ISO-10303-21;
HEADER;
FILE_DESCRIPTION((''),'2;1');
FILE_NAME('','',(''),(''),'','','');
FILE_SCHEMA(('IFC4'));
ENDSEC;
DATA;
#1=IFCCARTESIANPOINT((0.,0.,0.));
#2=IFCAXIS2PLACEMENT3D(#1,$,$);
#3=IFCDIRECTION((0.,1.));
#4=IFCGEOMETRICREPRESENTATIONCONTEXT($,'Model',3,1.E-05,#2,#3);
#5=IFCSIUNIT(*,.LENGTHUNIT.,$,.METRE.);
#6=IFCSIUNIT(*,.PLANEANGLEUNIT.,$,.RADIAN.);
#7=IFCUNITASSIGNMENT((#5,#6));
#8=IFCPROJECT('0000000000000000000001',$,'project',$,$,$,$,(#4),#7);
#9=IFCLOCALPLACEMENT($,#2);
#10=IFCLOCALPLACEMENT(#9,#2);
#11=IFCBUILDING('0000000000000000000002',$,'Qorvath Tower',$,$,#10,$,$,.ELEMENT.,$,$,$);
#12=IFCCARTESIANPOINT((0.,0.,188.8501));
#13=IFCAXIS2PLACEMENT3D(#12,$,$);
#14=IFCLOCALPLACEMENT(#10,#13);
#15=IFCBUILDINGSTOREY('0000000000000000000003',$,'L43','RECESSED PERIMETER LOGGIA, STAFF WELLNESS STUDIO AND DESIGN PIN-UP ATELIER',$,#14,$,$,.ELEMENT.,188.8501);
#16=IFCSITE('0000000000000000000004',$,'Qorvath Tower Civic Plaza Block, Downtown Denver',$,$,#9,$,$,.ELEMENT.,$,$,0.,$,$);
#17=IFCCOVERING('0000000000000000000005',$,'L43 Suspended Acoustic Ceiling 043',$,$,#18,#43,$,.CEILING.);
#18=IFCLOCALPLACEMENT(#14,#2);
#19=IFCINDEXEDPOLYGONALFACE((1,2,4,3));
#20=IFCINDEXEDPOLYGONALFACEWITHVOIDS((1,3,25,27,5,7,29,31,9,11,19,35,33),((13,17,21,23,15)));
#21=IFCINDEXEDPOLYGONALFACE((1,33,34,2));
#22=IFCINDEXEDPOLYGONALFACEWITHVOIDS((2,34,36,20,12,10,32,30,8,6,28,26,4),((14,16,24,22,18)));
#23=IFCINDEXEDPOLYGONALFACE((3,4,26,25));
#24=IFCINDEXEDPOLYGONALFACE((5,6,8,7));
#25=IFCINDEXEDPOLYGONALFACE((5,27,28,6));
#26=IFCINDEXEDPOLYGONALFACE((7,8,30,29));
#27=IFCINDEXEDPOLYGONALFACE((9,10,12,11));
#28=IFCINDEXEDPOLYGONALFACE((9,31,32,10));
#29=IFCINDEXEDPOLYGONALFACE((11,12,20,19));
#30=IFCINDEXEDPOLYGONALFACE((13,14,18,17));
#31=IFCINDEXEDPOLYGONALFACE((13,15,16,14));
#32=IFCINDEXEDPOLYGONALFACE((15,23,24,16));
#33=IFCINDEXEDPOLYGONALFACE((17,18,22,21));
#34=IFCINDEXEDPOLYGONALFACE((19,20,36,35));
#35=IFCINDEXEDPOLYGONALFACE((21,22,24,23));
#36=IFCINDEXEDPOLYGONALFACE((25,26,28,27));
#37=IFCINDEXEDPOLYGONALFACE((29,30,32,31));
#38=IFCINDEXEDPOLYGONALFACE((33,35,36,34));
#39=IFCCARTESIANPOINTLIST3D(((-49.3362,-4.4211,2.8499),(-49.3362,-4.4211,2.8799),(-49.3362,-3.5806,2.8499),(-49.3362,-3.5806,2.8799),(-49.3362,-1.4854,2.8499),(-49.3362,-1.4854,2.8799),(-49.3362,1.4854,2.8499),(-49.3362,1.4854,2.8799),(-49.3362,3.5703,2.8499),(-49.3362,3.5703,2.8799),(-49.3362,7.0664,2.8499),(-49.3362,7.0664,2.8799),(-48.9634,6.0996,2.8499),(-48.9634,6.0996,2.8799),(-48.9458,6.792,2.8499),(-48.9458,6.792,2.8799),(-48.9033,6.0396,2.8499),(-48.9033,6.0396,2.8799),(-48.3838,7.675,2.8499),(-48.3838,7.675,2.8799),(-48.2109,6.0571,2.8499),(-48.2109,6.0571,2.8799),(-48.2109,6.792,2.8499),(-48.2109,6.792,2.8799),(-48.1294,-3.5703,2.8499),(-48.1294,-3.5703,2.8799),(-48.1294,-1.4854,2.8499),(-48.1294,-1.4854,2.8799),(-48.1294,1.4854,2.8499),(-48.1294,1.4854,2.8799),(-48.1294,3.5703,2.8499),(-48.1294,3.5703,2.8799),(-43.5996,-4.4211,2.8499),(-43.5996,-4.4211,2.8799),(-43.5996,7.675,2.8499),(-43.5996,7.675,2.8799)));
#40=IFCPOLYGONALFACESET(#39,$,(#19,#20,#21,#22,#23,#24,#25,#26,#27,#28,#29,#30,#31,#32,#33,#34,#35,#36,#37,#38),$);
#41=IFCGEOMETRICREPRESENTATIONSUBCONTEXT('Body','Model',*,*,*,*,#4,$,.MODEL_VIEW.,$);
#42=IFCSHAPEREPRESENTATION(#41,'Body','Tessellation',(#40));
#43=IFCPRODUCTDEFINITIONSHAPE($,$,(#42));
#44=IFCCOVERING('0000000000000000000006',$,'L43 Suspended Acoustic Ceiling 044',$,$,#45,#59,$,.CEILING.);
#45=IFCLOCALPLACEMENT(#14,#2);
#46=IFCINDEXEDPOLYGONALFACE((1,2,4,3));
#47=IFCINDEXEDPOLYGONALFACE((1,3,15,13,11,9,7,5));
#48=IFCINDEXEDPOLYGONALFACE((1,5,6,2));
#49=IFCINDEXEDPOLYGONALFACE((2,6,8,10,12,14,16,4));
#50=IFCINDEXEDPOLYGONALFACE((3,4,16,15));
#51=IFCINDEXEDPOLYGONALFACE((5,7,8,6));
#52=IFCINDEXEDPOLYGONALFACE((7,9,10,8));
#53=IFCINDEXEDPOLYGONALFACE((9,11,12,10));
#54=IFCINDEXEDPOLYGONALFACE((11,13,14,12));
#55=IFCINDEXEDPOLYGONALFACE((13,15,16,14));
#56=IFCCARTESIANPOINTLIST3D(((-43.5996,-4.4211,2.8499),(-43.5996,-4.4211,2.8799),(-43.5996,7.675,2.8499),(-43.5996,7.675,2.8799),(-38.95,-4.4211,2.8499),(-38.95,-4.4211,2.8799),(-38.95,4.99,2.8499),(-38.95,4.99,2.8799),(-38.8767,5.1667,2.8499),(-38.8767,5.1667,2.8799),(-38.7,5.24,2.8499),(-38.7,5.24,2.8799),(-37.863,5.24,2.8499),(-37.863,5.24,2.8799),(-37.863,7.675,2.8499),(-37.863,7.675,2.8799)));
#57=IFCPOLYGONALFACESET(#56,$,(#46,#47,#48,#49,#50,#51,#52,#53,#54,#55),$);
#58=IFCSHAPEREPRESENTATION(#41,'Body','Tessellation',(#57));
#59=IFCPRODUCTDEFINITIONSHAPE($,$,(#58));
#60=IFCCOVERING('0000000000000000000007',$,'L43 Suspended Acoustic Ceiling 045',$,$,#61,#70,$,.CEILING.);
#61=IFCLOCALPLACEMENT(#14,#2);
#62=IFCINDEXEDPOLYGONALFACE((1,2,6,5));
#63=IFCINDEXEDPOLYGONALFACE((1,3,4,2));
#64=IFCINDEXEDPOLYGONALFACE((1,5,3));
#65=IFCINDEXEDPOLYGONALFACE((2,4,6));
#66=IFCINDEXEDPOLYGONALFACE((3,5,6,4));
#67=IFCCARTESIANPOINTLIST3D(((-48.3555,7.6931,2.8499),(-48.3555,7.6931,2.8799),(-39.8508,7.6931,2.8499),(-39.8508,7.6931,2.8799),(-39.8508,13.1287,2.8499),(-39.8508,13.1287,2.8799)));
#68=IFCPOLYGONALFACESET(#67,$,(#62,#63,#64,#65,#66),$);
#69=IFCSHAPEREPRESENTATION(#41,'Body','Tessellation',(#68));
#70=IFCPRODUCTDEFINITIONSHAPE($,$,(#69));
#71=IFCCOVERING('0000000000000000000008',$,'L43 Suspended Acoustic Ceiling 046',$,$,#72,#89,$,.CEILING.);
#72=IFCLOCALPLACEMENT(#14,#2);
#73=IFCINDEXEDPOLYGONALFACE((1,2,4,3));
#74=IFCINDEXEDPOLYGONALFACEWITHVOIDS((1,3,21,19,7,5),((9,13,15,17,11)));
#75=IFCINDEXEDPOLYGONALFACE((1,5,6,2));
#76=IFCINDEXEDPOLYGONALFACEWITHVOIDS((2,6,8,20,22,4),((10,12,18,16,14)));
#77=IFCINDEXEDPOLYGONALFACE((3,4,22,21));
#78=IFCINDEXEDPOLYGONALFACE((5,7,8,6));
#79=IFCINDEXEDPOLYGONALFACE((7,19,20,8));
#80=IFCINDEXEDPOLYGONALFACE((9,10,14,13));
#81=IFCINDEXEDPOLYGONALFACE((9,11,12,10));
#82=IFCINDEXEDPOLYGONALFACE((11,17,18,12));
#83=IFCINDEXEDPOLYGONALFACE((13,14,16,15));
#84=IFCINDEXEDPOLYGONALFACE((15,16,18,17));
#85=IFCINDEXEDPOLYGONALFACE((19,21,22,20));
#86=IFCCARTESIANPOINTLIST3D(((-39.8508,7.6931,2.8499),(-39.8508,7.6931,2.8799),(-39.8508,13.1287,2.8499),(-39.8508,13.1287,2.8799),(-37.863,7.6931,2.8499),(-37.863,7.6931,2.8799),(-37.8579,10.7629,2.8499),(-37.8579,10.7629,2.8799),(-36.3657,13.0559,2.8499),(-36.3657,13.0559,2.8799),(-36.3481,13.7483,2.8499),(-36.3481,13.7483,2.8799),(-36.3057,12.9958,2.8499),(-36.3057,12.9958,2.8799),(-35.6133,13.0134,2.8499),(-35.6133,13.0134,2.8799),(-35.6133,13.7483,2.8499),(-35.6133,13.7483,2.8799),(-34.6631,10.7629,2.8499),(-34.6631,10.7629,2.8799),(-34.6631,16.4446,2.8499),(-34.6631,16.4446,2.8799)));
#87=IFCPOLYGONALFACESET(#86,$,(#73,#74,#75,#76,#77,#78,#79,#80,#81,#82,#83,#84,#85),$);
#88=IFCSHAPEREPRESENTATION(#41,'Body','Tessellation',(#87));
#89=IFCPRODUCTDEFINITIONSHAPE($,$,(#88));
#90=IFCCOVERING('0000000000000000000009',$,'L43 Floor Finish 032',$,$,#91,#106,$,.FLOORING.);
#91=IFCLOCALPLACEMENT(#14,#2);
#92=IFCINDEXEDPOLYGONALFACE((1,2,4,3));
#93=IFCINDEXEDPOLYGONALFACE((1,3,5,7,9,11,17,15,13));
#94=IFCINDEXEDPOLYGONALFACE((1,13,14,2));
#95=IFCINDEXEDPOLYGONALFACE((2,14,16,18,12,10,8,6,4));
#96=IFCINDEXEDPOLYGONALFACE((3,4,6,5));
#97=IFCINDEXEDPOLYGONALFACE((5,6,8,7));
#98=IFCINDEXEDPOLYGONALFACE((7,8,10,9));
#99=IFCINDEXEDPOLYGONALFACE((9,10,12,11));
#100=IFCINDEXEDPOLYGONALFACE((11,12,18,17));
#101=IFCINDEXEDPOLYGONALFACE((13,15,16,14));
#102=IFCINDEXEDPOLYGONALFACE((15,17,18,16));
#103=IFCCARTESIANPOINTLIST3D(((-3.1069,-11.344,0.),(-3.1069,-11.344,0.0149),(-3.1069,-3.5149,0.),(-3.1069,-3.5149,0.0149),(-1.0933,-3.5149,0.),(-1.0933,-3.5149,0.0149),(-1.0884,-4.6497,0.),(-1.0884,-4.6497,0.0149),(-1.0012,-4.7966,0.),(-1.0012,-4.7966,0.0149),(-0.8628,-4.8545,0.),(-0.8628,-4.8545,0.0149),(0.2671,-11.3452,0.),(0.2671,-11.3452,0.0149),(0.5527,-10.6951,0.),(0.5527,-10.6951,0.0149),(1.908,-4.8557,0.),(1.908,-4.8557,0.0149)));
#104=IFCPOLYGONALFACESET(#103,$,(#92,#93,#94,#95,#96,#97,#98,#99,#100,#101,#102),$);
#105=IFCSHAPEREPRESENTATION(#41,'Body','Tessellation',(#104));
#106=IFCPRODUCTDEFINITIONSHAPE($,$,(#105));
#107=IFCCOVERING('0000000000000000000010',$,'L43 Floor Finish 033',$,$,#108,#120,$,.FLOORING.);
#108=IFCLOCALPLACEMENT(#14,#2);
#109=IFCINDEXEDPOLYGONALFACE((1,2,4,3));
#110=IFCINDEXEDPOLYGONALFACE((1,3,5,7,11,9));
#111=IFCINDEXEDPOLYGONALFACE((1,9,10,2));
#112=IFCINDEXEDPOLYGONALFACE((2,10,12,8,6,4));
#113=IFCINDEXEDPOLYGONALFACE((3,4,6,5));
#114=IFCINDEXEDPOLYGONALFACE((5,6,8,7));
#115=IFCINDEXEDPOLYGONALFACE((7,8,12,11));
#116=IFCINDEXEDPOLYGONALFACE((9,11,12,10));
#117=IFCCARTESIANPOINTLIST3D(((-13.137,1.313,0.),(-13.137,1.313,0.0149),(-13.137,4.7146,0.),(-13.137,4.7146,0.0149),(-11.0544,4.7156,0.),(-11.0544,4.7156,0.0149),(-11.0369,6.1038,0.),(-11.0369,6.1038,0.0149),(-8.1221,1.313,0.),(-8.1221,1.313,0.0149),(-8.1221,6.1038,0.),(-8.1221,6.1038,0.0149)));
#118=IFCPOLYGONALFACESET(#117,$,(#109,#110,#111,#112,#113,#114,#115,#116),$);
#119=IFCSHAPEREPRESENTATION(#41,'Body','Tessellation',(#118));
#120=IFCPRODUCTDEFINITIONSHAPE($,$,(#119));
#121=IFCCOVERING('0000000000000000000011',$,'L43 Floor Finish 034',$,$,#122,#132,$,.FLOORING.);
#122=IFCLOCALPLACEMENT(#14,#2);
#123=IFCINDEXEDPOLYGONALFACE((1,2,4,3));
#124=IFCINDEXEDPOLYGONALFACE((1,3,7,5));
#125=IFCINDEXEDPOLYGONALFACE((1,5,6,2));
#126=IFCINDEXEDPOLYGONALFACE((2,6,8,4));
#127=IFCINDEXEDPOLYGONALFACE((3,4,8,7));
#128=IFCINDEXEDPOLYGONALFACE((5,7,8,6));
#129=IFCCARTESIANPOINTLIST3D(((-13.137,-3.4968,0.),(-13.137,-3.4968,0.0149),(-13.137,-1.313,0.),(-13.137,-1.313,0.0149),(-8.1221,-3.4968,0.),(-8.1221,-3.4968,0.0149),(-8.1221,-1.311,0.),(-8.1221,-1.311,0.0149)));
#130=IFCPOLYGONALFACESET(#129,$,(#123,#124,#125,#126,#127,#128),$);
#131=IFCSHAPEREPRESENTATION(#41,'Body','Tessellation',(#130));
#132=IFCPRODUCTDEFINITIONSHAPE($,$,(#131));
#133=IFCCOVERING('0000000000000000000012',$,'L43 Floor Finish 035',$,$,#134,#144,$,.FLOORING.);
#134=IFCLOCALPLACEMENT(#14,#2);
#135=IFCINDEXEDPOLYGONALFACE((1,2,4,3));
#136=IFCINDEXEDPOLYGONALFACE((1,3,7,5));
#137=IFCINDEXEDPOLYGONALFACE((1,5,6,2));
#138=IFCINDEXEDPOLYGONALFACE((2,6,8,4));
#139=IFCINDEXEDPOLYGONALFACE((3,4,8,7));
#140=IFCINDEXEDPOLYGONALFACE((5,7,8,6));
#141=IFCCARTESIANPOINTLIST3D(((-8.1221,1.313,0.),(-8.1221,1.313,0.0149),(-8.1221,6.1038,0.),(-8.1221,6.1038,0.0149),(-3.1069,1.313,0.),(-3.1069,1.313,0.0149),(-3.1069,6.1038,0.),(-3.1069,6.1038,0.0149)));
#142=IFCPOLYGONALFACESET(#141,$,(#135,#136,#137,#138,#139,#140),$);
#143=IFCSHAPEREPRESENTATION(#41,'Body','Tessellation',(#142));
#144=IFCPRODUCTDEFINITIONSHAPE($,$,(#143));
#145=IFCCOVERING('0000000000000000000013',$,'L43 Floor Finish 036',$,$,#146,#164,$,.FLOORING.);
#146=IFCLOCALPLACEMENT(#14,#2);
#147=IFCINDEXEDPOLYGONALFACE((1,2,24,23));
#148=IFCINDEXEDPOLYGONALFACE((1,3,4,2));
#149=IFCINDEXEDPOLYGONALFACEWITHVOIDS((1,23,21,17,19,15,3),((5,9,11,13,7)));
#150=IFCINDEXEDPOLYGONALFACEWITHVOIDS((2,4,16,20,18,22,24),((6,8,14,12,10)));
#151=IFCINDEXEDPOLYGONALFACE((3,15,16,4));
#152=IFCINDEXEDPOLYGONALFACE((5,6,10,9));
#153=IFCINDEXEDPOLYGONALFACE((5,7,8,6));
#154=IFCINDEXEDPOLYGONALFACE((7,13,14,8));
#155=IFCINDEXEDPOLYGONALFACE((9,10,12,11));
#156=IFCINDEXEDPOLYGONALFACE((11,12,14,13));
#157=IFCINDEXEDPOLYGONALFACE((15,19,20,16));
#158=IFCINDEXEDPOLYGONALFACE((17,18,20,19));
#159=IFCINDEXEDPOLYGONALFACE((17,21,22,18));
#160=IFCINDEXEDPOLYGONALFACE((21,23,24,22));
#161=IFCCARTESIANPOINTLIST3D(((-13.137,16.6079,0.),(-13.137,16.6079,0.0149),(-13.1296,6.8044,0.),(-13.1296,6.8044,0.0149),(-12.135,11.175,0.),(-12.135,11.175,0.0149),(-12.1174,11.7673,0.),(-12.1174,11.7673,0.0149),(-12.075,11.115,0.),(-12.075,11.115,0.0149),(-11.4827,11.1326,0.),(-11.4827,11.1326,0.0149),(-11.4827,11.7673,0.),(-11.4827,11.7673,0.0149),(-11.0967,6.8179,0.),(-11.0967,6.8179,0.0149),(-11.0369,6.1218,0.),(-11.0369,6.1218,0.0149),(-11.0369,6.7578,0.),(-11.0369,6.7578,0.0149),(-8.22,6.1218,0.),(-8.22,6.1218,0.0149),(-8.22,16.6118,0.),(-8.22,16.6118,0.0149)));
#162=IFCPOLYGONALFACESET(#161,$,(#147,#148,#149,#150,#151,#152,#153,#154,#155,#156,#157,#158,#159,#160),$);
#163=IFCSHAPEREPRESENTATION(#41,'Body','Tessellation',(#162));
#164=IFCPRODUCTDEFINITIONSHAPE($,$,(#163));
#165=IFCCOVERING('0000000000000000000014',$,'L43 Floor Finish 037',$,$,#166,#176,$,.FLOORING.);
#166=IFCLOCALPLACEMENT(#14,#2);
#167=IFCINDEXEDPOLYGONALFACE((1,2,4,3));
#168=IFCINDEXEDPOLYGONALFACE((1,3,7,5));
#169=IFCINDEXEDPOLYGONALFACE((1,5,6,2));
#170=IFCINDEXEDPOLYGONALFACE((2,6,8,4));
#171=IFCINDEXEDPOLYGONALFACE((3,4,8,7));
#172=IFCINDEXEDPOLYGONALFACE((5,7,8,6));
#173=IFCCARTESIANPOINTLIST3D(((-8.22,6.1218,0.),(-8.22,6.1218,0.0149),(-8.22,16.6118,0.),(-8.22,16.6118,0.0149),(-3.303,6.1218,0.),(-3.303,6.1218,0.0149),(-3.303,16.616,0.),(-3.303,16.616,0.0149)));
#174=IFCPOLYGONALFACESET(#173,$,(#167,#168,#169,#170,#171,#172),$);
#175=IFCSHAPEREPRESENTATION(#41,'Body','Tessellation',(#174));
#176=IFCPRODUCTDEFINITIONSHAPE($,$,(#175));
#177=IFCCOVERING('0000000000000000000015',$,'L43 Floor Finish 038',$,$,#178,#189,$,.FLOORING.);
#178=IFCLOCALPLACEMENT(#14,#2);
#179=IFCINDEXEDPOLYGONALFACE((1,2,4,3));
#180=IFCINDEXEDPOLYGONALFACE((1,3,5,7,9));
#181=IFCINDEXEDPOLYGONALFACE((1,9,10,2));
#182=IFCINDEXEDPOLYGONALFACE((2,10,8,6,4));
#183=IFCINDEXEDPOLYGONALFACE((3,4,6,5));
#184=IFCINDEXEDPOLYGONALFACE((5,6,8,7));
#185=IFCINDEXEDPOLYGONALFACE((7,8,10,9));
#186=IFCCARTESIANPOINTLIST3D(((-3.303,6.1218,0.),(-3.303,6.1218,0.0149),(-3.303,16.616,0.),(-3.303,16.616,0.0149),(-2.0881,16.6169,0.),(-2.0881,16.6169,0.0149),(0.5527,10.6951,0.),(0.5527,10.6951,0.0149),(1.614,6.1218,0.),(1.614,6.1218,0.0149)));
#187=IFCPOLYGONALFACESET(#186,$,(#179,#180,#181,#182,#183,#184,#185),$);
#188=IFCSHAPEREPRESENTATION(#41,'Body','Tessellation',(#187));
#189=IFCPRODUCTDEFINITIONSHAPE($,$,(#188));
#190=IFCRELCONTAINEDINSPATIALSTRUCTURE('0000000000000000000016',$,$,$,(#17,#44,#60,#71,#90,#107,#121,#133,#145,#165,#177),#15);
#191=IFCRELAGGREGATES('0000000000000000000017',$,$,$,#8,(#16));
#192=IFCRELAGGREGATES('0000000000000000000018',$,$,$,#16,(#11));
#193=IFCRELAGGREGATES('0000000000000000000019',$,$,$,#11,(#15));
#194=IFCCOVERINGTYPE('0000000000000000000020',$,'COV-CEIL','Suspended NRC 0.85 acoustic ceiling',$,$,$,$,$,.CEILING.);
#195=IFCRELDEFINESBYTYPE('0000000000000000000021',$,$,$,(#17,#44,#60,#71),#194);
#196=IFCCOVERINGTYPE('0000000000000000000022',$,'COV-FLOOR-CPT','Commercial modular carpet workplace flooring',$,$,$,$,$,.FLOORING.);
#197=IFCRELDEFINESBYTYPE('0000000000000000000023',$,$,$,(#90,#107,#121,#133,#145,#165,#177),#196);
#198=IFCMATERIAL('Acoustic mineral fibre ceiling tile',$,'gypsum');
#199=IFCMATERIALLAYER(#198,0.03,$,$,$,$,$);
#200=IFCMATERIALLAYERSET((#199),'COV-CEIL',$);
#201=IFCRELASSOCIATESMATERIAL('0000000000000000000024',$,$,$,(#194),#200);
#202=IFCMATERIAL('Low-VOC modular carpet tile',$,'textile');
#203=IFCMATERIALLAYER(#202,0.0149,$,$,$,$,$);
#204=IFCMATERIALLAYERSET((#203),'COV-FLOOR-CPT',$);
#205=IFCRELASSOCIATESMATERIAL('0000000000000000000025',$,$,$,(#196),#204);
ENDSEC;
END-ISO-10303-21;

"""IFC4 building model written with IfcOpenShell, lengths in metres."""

from ifc_helpers import new_model, si_unit, direction, frame, origin, place, context, subcontext, project, spatial, polyline, outline, extrude, material, layer, layer_set, type_object, element, save


model = new_model("IFC4")

# Units and contexts
model_context = context("Model", 3, precision=1e-05, world=origin(), true_north=direction((0.0, 1.0)))
body_context = subcontext(model_context, "Body", "Model", "MODEL_VIEW")
ifc_project = project(units=[si_unit("LENGTHUNIT", "METRE"), si_unit("PLANEANGLEUNIT", "RADIAN")], contexts=[model_context])

# Site, building, storey
site_placement = place(None, origin())
site = spatial("IfcSite", under=ifc_project, at=site_placement, Name="Qorvath Tower Civic Plaza Block, Downtown Denver", CompositionType="ELEMENT", RefElevation=0.0)
building_placement = place(site_placement, origin())
building = spatial("IfcBuilding", under=site, at=building_placement, Name="Qorvath Tower", CompositionType="ELEMENT")
storey_placement = place(building_placement, frame((0.0, 0.0, 188.8501)))
storey = spatial("IfcBuildingStorey", under=building, at=storey_placement, Name="L43", Description="RECESSED PERIMETER LOGGIA, STAFF WELLNESS STUDIO AND DESIGN PIN-UP ATELIER", CompositionType="ELEMENT", Elevation=188.8501)

# Coverings
ifc_material_1 = material(Name="Acoustic mineral fibre ceiling tile", Category="gypsum")
ifc_layer_1 = layer(ifc_material_1, 0.03)
ifc_layer_set_1 = layer_set([ifc_layer_1], Name="COV-CEIL")
covering_type_1 = type_object("IfcCoveringType", Name="COV-CEIL", Description="Suspended NRC 0.85 acoustic ceiling", PredefinedType="CEILING", material=ifc_layer_set_1)
covering_1_placement = place(storey_placement, frame((0.0, 0.0, 2.8499)))
element("IfcCovering", 1, at=covering_1_placement, inside=storey, type_object=covering_type_1, Name="L43 Suspended Acoustic Ceiling 043", PredefinedType="CEILING", context=body_context, shape_type="SweptSolid", body=[
    extrude(outline(polyline([(-43.5996, -4.4211), (-43.5996, 7.675), (-48.3838, 7.675), (-49.3362, 7.0664), (-49.3362, 3.5703), (-48.1294, 3.5703), (-48.1294, 1.4854), (-49.3362, 1.4854), (-49.3362, -1.4854), (-48.1294, -1.4854), (-48.1294, -3.5703), (-49.3362, -3.5806), (-49.3362, -4.4211), (-43.5996, -4.4211)]), holes=[polyline([(-48.9634, 6.0996), (-48.9458, 6.792), (-48.2109, 6.792), (-48.2109, 6.0571), (-48.9033, 6.0396), (-48.9634, 6.0996)])]), origin(), (0.0, 0.0, 1.0), 0.03),
])
covering_2_placement = place(storey_placement, frame((0.0, 0.0, 2.8499)))
element("IfcCovering", 2, at=covering_2_placement, inside=storey, type_object=covering_type_1, Name="L43 Suspended Acoustic Ceiling 044", PredefinedType="CEILING", context=body_context, shape_type="SweptSolid", body=[
    extrude(outline(polyline([(-37.863, 5.24), (-37.863, 7.675), (-43.5996, 7.675), (-43.5996, -4.4211), (-38.95, -4.4211), (-38.95, 4.99), (-38.8767, 5.1667), (-38.7, 5.24), (-37.863, 5.24)])), origin(), (0.0, 0.0, 1.0), 0.03),
])
covering_3_placement = place(storey_placement, frame((0.0, 0.0, 2.8499)))
element("IfcCovering", 3, at=covering_3_placement, inside=storey, type_object=covering_type_1, Name="L43 Suspended Acoustic Ceiling 045", PredefinedType="CEILING", context=body_context, shape_type="SweptSolid", body=[
    extrude(outline(polyline([(-39.8508, 7.6931), (-39.8508, 13.1287), (-48.3555, 7.6931), (-39.8508, 7.6931)])), origin(), (0.0, 0.0, 1.0), 0.03),
])
covering_4_placement = place(storey_placement, frame((0.0, 0.0, 2.8499)))
element("IfcCovering", 4, at=covering_4_placement, inside=storey, type_object=covering_type_1, Name="L43 Suspended Acoustic Ceiling 046", PredefinedType="CEILING", context=body_context, shape_type="SweptSolid", body=[
    extrude(outline(polyline([(-37.8579, 10.7629), (-34.6631, 10.7629), (-34.6631, 16.4446), (-39.8508, 13.1287), (-39.8508, 7.6931), (-37.863, 7.6931), (-37.8579, 10.7629)]), holes=[polyline([(-36.3657, 13.0559), (-36.3481, 13.7483), (-35.6133, 13.7483), (-35.6133, 13.0134), (-36.3057, 12.9958), (-36.3657, 13.0559)])]), origin(), (0.0, 0.0, 1.0), 0.03),
])
ifc_material_2 = material(Name="Low-VOC modular carpet tile", Category="textile")
ifc_layer_2 = layer(ifc_material_2, 0.0149)
ifc_layer_set_2 = layer_set([ifc_layer_2], Name="COV-FLOOR-CPT")
covering_type_2 = type_object("IfcCoveringType", Name="COV-FLOOR-CPT", Description="Commercial modular carpet workplace flooring", PredefinedType="FLOORING", material=ifc_layer_set_2)
covering_5_placement = place(storey_placement, origin())
element("IfcCovering", 5, at=covering_5_placement, inside=storey, type_object=covering_type_2, Name="L43 Floor Finish 032", PredefinedType="FLOORING", context=body_context, shape_type="SweptSolid", body=[
    extrude(outline(polyline([(-1.0012, -4.7966), (-1.0884, -4.6497), (-1.0933, -3.5149), (-3.1069, -3.5149), (-3.1069, -11.344), (0.2671, -11.3452), (0.5527, -10.6951), (1.908, -4.8557), (-0.8628, -4.8545), (-1.0012, -4.7966)])), origin(), (0.0, 0.0, 1.0), 0.0149),
])
covering_6_placement = place(storey_placement, origin())
element("IfcCovering", 6, at=covering_6_placement, inside=storey, type_object=covering_type_2, Name="L43 Floor Finish 033", PredefinedType="FLOORING", context=body_context, shape_type="SweptSolid", body=[
    extrude(outline(polyline([(-8.1221, 1.313), (-8.1221, 6.1038), (-11.0369, 6.1038), (-11.0544, 4.7156), (-13.137, 4.7146), (-13.137, 1.313), (-8.1221, 1.313)])), origin(), (0.0, 0.0, 1.0), 0.0149),
])
covering_7_placement = place(storey_placement, origin())
element("IfcCovering", 7, at=covering_7_placement, inside=storey, type_object=covering_type_2, Name="L43 Floor Finish 034", PredefinedType="FLOORING", context=body_context, shape_type="SweptSolid", body=[
    extrude(outline(polyline([(-8.1221, -3.4968), (-8.1221, -1.311), (-13.137, -1.313), (-13.137, -3.4968), (-8.1221, -3.4968)])), origin(), (0.0, 0.0, 1.0), 0.0149),
])
covering_8_placement = place(storey_placement, origin())
element("IfcCovering", 8, at=covering_8_placement, inside=storey, type_object=covering_type_2, Name="L43 Floor Finish 035", PredefinedType="FLOORING", context=body_context, shape_type="SweptSolid", body=[
    extrude(outline(polyline([(-3.1069, 1.313), (-3.1069, 6.1038), (-8.1221, 6.1038), (-8.1221, 1.313), (-3.1069, 1.313)])), origin(), (0.0, 0.0, 1.0), 0.0149),
])
covering_9_placement = place(storey_placement, origin())
element("IfcCovering", 9, at=covering_9_placement, inside=storey, type_object=covering_type_2, Name="L43 Floor Finish 036", PredefinedType="FLOORING", context=body_context, shape_type="SweptSolid", body=[
    extrude(outline(polyline([(-11.0369, 6.1218), (-8.22, 6.1218), (-8.22, 16.6118), (-13.137, 16.6079), (-13.1296, 6.8044), (-11.0967, 6.8179), (-11.0369, 6.7578), (-11.0369, 6.1218)]), holes=[polyline([(-12.135, 11.175), (-12.1174, 11.7673), (-11.4827, 11.7673), (-11.4827, 11.1326), (-12.075, 11.115), (-12.135, 11.175)])]), origin(), (0.0, 0.0, 1.0), 0.0149),
])
covering_10_placement = place(storey_placement, origin())
element("IfcCovering", 10, at=covering_10_placement, inside=storey, type_object=covering_type_2, Name="L43 Floor Finish 037", PredefinedType="FLOORING", context=body_context, shape_type="SweptSolid", body=[
    extrude(outline(polyline([(-8.22, 16.6118), (-8.22, 6.1218), (-3.303, 6.1218), (-3.303, 16.616), (-8.22, 16.6118)])), origin(), (0.0, 0.0, 1.0), 0.0149),
])
covering_11_placement = place(storey_placement, origin())
element("IfcCovering", 11, at=covering_11_placement, inside=storey, type_object=covering_type_2, Name="L43 Floor Finish 038", PredefinedType="FLOORING", context=body_context, shape_type="SweptSolid", body=[
    extrude(outline(polyline([(-3.303, 16.616), (-3.303, 6.1218), (1.614, 6.1218), (0.5527, 10.6951), (-2.0881, 16.6169), (-3.303, 16.616)])), origin(), (0.0, 0.0, 1.0), 0.0149),
])

save(model, "model.ifc")
